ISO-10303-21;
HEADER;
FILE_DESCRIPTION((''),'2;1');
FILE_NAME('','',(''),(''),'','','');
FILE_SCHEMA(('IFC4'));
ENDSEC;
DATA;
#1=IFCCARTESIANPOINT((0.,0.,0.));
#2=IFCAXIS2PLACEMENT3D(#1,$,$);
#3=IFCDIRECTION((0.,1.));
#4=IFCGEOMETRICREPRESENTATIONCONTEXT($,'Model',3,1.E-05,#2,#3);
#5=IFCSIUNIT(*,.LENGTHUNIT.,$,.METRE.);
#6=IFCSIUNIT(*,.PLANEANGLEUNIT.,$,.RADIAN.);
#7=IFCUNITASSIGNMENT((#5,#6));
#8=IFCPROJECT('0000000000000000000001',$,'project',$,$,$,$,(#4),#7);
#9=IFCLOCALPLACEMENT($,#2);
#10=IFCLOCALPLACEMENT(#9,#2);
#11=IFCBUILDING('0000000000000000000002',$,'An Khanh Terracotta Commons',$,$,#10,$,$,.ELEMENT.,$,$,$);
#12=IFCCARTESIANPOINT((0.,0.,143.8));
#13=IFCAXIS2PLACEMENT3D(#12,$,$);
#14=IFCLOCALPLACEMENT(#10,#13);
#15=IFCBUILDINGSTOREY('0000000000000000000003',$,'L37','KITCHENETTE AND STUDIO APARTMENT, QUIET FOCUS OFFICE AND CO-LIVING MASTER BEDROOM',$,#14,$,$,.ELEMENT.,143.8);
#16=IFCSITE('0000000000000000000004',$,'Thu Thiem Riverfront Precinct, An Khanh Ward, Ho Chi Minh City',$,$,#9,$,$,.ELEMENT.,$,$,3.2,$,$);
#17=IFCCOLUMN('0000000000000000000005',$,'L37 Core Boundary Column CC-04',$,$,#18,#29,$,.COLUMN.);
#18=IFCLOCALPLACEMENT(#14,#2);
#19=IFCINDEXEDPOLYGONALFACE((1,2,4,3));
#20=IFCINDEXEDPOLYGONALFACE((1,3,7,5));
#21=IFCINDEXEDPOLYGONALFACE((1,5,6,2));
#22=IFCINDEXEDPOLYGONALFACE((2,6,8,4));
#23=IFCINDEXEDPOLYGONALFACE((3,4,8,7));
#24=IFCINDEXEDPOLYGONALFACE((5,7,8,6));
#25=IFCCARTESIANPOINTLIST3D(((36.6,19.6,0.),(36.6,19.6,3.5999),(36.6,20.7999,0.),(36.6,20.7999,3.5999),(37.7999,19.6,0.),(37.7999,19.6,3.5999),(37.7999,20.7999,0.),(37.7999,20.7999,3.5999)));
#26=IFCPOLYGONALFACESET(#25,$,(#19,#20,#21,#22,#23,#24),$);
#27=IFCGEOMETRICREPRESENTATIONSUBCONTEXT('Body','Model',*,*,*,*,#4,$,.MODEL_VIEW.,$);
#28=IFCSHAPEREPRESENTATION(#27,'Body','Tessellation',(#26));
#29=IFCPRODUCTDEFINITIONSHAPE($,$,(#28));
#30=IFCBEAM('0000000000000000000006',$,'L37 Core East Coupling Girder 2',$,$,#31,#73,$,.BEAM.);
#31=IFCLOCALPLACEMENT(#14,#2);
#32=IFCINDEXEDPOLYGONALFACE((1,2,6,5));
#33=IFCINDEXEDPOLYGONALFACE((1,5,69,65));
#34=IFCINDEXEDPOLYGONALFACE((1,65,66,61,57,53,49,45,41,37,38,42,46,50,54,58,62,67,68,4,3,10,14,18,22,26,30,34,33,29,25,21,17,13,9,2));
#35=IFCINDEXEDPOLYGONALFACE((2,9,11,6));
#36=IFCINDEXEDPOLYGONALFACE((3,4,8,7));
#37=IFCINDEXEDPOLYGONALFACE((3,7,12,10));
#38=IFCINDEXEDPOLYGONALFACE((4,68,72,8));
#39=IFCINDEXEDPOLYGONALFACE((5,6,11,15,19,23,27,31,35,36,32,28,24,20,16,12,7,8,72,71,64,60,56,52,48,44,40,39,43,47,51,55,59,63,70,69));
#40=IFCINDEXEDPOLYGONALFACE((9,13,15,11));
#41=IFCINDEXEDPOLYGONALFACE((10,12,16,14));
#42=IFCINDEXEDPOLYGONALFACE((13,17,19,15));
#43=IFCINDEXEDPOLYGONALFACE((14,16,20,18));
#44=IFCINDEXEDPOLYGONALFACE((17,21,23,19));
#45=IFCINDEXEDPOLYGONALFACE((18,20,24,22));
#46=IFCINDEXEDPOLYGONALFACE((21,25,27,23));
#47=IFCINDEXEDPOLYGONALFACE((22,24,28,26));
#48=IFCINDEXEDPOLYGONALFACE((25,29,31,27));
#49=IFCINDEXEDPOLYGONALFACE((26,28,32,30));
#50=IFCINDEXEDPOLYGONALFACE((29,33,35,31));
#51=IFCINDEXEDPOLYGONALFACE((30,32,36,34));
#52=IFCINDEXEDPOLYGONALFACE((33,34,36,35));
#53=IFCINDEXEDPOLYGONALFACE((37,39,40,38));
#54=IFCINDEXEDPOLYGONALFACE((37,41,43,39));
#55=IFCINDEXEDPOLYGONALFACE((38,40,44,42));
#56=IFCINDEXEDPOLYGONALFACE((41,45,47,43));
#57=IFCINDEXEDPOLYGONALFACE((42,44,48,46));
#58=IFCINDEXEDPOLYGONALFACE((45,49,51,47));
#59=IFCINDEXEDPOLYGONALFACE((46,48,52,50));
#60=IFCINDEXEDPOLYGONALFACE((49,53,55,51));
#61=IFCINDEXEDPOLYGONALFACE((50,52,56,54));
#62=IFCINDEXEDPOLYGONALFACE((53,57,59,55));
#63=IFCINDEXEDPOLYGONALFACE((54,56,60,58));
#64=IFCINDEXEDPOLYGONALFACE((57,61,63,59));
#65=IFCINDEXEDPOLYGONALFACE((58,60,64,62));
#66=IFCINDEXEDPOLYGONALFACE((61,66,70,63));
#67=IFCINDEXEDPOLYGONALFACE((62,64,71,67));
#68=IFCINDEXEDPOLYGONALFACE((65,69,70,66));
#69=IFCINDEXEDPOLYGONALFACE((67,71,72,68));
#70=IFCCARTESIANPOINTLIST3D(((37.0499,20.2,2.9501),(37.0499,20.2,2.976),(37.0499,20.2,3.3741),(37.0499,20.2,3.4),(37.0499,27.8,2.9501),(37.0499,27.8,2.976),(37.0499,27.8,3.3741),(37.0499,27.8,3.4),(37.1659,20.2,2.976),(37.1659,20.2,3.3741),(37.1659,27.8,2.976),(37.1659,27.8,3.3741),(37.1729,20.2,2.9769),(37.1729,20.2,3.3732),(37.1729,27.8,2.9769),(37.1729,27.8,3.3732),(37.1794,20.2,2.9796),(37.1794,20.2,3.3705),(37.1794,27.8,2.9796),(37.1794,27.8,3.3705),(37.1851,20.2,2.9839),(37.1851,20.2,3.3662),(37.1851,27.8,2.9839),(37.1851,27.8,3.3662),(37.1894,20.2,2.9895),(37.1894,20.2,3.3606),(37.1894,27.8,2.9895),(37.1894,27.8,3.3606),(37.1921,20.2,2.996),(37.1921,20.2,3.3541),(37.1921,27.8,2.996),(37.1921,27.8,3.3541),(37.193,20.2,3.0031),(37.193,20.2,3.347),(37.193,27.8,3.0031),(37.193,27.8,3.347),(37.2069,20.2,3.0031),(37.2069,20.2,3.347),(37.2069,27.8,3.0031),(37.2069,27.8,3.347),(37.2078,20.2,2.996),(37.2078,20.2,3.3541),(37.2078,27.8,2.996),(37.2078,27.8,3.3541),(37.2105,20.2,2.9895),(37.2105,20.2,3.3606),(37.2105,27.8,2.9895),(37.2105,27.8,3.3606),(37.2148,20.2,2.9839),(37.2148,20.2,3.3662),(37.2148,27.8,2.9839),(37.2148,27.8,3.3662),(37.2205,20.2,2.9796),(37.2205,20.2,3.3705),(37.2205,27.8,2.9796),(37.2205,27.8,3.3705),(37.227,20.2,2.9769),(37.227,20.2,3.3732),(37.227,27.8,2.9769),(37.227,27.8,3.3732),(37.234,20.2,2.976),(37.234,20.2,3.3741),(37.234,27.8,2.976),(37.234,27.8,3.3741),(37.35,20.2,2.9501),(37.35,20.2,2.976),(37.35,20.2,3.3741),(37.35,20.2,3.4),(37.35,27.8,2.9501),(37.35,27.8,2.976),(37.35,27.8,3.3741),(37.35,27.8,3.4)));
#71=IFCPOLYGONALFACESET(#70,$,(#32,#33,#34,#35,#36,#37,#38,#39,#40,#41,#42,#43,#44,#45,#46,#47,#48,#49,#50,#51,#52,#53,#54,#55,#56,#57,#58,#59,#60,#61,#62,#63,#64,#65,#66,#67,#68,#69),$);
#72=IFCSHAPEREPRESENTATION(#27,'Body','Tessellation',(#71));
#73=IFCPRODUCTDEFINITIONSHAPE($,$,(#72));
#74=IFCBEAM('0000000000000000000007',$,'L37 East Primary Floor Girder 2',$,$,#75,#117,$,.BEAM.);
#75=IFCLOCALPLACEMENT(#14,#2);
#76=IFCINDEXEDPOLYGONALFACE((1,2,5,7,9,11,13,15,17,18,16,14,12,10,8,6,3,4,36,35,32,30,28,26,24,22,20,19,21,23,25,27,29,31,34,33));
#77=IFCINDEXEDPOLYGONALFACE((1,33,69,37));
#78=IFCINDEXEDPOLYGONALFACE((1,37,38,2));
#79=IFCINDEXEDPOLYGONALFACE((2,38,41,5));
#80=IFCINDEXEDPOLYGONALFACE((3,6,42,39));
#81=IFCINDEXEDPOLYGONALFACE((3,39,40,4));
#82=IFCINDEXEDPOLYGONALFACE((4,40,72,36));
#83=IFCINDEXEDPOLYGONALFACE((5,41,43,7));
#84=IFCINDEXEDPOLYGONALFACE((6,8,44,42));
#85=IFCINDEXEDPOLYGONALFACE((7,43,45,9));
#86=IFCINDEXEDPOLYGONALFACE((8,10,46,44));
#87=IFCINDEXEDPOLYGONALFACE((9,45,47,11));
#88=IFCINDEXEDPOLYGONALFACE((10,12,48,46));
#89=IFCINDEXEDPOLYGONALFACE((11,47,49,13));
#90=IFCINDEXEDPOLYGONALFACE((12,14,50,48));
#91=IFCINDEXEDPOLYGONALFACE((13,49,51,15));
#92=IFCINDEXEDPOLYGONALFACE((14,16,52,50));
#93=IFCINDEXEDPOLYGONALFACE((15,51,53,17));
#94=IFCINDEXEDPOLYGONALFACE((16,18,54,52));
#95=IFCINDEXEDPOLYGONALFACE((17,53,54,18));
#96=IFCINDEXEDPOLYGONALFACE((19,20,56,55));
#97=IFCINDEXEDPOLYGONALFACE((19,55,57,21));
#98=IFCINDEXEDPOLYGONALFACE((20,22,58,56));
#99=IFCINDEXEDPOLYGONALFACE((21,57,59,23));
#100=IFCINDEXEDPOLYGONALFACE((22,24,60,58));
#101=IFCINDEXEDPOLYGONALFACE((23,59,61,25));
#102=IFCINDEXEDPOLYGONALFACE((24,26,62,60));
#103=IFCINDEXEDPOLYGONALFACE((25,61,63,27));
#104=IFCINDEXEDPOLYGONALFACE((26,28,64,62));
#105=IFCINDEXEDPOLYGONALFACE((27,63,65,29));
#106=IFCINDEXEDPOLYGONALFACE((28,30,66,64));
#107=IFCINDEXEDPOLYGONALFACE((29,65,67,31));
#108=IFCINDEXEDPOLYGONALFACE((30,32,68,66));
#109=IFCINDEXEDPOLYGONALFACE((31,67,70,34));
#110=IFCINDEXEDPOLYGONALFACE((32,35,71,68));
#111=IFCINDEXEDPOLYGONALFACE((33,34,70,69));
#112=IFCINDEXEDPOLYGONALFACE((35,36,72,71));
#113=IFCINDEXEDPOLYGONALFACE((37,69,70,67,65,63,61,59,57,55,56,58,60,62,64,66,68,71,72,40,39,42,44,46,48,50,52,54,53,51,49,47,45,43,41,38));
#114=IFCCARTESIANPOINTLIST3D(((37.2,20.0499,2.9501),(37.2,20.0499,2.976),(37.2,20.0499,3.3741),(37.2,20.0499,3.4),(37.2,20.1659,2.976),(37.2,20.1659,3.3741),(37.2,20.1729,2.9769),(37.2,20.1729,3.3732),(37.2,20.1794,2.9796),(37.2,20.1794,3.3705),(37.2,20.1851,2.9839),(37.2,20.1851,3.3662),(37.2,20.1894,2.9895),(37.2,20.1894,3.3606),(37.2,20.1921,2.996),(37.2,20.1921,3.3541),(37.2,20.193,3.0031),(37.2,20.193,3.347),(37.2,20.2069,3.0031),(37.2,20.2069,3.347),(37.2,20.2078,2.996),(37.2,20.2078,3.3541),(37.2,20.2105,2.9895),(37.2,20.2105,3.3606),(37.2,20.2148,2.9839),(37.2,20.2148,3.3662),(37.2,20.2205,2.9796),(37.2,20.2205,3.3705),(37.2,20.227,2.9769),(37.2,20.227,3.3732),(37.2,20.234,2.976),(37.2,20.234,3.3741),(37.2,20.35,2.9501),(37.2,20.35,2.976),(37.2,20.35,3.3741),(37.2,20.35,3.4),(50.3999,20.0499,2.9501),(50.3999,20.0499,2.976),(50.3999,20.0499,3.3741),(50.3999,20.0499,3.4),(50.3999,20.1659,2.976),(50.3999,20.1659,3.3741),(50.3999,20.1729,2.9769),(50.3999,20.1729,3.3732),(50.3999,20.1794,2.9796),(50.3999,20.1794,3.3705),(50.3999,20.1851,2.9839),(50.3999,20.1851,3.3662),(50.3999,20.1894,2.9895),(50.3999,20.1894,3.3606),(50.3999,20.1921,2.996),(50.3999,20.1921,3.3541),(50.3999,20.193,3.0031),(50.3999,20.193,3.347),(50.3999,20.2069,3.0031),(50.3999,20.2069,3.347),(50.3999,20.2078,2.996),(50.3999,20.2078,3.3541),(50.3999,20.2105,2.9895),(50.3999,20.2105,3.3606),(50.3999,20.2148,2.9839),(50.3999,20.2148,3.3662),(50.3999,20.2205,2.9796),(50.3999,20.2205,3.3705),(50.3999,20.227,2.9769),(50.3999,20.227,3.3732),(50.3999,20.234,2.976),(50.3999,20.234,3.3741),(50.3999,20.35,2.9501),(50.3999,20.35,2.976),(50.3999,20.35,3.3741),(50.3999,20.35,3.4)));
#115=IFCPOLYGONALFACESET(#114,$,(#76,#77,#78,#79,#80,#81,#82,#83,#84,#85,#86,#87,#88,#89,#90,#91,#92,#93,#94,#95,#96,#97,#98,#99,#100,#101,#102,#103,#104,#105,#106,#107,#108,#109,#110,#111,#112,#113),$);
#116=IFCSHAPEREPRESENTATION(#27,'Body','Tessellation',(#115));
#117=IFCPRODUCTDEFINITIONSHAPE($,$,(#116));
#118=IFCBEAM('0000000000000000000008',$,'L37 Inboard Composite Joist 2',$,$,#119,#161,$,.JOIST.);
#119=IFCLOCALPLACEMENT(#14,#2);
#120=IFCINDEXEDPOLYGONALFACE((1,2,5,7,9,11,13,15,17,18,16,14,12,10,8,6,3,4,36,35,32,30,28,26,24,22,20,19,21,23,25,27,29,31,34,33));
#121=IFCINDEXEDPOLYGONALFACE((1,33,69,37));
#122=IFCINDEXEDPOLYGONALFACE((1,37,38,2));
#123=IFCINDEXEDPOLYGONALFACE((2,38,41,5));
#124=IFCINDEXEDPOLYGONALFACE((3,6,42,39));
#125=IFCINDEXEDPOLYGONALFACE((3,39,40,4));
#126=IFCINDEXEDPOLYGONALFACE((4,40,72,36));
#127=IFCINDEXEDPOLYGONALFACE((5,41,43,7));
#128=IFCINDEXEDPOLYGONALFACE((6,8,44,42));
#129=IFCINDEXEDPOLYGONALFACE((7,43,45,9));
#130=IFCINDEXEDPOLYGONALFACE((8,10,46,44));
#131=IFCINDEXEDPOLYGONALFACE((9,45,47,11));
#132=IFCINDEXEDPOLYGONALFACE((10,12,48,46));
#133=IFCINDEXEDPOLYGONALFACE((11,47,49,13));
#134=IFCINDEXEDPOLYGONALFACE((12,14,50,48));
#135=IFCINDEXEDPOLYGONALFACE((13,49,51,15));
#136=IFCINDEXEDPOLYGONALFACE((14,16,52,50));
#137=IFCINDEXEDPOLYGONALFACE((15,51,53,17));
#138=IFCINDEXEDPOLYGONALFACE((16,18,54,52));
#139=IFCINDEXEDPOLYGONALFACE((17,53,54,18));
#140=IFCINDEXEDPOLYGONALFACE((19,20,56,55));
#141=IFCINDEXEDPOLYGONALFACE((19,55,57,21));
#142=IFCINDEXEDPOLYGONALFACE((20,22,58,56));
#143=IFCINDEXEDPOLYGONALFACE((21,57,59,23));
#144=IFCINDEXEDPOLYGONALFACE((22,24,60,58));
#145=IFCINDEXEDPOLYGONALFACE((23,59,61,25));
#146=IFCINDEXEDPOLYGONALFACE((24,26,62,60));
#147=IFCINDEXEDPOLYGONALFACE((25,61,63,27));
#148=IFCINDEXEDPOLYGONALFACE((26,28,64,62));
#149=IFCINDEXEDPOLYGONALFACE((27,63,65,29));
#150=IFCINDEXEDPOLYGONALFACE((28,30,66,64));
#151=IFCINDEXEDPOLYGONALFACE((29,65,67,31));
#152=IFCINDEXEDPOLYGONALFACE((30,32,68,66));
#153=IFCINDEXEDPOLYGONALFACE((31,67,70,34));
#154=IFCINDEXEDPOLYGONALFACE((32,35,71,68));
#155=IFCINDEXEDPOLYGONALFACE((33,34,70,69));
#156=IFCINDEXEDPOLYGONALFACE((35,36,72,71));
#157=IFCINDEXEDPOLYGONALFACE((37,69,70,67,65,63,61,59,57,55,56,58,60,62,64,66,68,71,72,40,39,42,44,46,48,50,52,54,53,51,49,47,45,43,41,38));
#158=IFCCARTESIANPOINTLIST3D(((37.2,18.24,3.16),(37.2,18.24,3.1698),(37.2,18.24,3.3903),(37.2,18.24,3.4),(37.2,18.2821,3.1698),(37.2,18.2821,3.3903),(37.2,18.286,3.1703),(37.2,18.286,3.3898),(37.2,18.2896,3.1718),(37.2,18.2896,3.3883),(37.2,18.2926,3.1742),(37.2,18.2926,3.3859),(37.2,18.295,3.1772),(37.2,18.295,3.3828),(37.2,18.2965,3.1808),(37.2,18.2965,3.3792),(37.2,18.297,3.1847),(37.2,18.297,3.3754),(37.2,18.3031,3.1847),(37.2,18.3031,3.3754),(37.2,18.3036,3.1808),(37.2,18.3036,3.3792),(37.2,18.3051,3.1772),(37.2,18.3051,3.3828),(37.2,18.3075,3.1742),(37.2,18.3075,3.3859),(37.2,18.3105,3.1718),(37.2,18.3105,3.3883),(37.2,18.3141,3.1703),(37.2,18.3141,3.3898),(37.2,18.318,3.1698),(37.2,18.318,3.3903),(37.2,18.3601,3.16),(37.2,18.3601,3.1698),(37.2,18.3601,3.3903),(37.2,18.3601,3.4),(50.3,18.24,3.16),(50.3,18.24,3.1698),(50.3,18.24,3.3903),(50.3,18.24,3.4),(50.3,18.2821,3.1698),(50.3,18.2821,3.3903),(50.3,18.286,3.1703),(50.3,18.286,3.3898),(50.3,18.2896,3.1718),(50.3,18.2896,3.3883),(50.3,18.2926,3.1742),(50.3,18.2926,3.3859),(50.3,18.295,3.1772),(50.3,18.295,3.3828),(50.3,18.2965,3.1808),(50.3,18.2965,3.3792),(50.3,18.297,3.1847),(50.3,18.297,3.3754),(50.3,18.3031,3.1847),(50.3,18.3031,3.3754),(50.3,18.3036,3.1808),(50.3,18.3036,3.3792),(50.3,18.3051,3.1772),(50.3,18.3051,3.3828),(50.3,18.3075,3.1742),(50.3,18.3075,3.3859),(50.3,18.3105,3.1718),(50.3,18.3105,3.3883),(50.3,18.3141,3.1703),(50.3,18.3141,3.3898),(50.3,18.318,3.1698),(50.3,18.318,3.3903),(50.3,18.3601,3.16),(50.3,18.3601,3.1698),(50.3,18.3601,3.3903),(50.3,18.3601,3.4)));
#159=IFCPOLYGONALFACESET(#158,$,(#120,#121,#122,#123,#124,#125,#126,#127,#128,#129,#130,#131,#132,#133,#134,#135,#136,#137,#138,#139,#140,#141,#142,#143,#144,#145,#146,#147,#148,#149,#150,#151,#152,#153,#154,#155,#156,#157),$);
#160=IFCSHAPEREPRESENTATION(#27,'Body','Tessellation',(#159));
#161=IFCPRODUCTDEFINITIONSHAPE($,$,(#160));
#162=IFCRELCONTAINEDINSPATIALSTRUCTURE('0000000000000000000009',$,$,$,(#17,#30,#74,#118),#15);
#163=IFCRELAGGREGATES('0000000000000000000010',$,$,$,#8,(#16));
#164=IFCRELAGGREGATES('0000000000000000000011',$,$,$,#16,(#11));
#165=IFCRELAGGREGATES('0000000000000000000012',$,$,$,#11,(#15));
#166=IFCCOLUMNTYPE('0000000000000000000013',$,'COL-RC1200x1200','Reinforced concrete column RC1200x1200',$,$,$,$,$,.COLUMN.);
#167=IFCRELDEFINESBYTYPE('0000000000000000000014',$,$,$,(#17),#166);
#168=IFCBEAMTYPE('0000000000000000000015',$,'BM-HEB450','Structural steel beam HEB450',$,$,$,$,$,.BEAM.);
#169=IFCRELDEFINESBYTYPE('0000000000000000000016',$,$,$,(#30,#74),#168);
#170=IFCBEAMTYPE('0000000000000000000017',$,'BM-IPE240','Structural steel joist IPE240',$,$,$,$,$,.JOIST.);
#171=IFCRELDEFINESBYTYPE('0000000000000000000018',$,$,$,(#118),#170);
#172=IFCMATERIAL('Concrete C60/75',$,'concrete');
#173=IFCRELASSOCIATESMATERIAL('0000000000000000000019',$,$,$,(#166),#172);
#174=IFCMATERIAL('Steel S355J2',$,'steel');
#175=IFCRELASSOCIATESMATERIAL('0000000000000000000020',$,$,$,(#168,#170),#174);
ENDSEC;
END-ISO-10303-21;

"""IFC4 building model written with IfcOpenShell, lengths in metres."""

from ifc_helpers import new_model, si_unit, direction, frame, origin, origin_2d, place, context, subcontext, project, spatial, rectangle, i_section, extrude, material, material_profile, profile_set, type_object, element, save


model = new_model("IFC4")

# Units and contexts
model_context = context("Model", 3, precision=1e-05, world=origin(), true_north=direction((0.0, 1.0)))
body_context = subcontext(model_context, "Body", "Model", "MODEL_VIEW")
ifc_project = project(units=[si_unit("LENGTHUNIT", "METRE"), si_unit("PLANEANGLEUNIT", "RADIAN")], contexts=[model_context])

# Site, building, storey
site_placement = place(None, origin())
site = spatial("IfcSite", under=ifc_project, at=site_placement, Name="Thu Thiem Riverfront Precinct, An Khanh Ward, Ho Chi Minh City", CompositionType="ELEMENT", RefElevation=3.2)
building_placement = place(site_placement, origin())
building = spatial("IfcBuilding", under=site, at=building_placement, Name="An Khanh Terracotta Commons", CompositionType="ELEMENT")
storey_placement = place(building_placement, frame((0.0, 0.0, 143.8)))
storey = spatial("IfcBuildingStorey", under=building, at=storey_placement, Name="L37", Description="KITCHENETTE AND STUDIO APARTMENT, QUIET FOCUS OFFICE AND CO-LIVING MASTER BEDROOM", CompositionType="ELEMENT", Elevation=143.8)

# Column
ifc_material_1 = material(Name="Concrete C60/75", Category="concrete")
ifc_material_profile_1 = material_profile(ifc_material_1, rectangle(XDim=1.2, YDim=1.2, at=origin_2d()), Name="RC1200x1200")
ifc_profile_set_1 = profile_set([ifc_material_profile_1], Name="Concrete C60/75")
column_type = type_object("IfcColumnType", Name="COL-RC1200x1200", Description="Reinforced concrete column RC1200x1200", PredefinedType="COLUMN", material=ifc_profile_set_1)
column_placement = place(storey_placement, frame((37.2, 20.2, 0.0), z_axis=(0.0, 0.0, 1.0), x_axis=(1.0, 0.0, 0.0)))
element("IfcColumn", 1, at=column_placement, inside=storey, type_object=column_type, Name="L37 Core Boundary Column CC-04", PredefinedType="COLUMN", context=body_context, shape_type="SweptSolid", body=[
    extrude(rectangle(XDim=1.2, YDim=1.2, at=origin_2d()), origin(), (0.0, 0.0, 1.0), 3.5999),
])

# Beams
ifc_material_2 = material(Name="Steel S355J2", Category="steel")
ifc_material_profile_2 = material_profile(ifc_material_2, i_section(OverallWidth=0.3, OverallDepth=0.45, WebThickness=0.0139, FlangeThickness=0.0259, FilletRadius=0.0271, at=origin_2d()), Name="HEB450")
ifc_profile_set_2 = profile_set([ifc_material_profile_2], Name="Steel S355J2")
beam_type_1 = type_object("IfcBeamType", Name="BM-HEB450", Description="Structural steel beam HEB450", PredefinedType="BEAM", material=ifc_profile_set_2)
beam_1_placement = place(storey_placement, frame((37.2, 20.2, 3.175), z_axis=(0.0, 1.0, 0.0), x_axis=(-1.0, 0.0, 0.0)))
element("IfcBeam", 2, at=beam_1_placement, inside=storey, type_object=beam_type_1, Name="L37 Core East Coupling Girder 2", PredefinedType="BEAM", context=body_context, shape_type="SweptSolid", body=[
    extrude(i_section(OverallWidth=0.3, OverallDepth=0.45, WebThickness=0.0139, FlangeThickness=0.0259, FilletRadius=0.0271, at=origin_2d()), origin(), (0.0, 0.0, 1.0), 7.6001),
])
beam_2_placement = place(storey_placement, frame((37.2, 20.2, 3.175), z_axis=(1.0, 0.0, 0.0), x_axis=(0.0, 1.0, 0.0)))
element("IfcBeam", 3, at=beam_2_placement, inside=storey, type_object=beam_type_1, Name="L37 East Primary Floor Girder 2", PredefinedType="BEAM", context=body_context, shape_type="SweptSolid", body=[
    extrude(i_section(OverallWidth=0.3, OverallDepth=0.45, WebThickness=0.0139, FlangeThickness=0.0259, FilletRadius=0.0271, at=origin_2d()), origin(), (0.0, 0.0, 1.0), 13.2),
])
ifc_material_profile_3 = material_profile(ifc_material_2, i_section(OverallWidth=0.1201, OverallDepth=0.24, WebThickness=0.0061, FlangeThickness=0.0098, FilletRadius=0.0149, at=origin_2d()), Name="IPE240")
ifc_profile_set_3 = profile_set([ifc_material_profile_3], Name="Steel S355J2")
beam_type_2 = type_object("IfcBeamType", Name="BM-IPE240", Description="Structural steel joist IPE240", PredefinedType="JOIST", material=ifc_profile_set_3)
for number, where, z_axis, x_axis, name in (
    (4, (37.2, 18.3, 3.28), (1.0, 0.0, 0.0), (0.0, 1.0, 0.0), "L37 Inboard Composite Joist 2"),
):
    element("IfcBeam", number, at=place(storey_placement, frame(where, z_axis=z_axis, x_axis=x_axis)), inside=storey, type_object=beam_type_2, Name=name, PredefinedType="JOIST", context=body_context, shape_type="SweptSolid", body=[
        extrude(i_section(OverallWidth=0.1201, OverallDepth=0.24, WebThickness=0.0061, FlangeThickness=0.0098, FilletRadius=0.0149, at=origin_2d()), origin(), (0.0, 0.0, 1.0), 13.1001),
    ])

save(model, "model.ifc")
